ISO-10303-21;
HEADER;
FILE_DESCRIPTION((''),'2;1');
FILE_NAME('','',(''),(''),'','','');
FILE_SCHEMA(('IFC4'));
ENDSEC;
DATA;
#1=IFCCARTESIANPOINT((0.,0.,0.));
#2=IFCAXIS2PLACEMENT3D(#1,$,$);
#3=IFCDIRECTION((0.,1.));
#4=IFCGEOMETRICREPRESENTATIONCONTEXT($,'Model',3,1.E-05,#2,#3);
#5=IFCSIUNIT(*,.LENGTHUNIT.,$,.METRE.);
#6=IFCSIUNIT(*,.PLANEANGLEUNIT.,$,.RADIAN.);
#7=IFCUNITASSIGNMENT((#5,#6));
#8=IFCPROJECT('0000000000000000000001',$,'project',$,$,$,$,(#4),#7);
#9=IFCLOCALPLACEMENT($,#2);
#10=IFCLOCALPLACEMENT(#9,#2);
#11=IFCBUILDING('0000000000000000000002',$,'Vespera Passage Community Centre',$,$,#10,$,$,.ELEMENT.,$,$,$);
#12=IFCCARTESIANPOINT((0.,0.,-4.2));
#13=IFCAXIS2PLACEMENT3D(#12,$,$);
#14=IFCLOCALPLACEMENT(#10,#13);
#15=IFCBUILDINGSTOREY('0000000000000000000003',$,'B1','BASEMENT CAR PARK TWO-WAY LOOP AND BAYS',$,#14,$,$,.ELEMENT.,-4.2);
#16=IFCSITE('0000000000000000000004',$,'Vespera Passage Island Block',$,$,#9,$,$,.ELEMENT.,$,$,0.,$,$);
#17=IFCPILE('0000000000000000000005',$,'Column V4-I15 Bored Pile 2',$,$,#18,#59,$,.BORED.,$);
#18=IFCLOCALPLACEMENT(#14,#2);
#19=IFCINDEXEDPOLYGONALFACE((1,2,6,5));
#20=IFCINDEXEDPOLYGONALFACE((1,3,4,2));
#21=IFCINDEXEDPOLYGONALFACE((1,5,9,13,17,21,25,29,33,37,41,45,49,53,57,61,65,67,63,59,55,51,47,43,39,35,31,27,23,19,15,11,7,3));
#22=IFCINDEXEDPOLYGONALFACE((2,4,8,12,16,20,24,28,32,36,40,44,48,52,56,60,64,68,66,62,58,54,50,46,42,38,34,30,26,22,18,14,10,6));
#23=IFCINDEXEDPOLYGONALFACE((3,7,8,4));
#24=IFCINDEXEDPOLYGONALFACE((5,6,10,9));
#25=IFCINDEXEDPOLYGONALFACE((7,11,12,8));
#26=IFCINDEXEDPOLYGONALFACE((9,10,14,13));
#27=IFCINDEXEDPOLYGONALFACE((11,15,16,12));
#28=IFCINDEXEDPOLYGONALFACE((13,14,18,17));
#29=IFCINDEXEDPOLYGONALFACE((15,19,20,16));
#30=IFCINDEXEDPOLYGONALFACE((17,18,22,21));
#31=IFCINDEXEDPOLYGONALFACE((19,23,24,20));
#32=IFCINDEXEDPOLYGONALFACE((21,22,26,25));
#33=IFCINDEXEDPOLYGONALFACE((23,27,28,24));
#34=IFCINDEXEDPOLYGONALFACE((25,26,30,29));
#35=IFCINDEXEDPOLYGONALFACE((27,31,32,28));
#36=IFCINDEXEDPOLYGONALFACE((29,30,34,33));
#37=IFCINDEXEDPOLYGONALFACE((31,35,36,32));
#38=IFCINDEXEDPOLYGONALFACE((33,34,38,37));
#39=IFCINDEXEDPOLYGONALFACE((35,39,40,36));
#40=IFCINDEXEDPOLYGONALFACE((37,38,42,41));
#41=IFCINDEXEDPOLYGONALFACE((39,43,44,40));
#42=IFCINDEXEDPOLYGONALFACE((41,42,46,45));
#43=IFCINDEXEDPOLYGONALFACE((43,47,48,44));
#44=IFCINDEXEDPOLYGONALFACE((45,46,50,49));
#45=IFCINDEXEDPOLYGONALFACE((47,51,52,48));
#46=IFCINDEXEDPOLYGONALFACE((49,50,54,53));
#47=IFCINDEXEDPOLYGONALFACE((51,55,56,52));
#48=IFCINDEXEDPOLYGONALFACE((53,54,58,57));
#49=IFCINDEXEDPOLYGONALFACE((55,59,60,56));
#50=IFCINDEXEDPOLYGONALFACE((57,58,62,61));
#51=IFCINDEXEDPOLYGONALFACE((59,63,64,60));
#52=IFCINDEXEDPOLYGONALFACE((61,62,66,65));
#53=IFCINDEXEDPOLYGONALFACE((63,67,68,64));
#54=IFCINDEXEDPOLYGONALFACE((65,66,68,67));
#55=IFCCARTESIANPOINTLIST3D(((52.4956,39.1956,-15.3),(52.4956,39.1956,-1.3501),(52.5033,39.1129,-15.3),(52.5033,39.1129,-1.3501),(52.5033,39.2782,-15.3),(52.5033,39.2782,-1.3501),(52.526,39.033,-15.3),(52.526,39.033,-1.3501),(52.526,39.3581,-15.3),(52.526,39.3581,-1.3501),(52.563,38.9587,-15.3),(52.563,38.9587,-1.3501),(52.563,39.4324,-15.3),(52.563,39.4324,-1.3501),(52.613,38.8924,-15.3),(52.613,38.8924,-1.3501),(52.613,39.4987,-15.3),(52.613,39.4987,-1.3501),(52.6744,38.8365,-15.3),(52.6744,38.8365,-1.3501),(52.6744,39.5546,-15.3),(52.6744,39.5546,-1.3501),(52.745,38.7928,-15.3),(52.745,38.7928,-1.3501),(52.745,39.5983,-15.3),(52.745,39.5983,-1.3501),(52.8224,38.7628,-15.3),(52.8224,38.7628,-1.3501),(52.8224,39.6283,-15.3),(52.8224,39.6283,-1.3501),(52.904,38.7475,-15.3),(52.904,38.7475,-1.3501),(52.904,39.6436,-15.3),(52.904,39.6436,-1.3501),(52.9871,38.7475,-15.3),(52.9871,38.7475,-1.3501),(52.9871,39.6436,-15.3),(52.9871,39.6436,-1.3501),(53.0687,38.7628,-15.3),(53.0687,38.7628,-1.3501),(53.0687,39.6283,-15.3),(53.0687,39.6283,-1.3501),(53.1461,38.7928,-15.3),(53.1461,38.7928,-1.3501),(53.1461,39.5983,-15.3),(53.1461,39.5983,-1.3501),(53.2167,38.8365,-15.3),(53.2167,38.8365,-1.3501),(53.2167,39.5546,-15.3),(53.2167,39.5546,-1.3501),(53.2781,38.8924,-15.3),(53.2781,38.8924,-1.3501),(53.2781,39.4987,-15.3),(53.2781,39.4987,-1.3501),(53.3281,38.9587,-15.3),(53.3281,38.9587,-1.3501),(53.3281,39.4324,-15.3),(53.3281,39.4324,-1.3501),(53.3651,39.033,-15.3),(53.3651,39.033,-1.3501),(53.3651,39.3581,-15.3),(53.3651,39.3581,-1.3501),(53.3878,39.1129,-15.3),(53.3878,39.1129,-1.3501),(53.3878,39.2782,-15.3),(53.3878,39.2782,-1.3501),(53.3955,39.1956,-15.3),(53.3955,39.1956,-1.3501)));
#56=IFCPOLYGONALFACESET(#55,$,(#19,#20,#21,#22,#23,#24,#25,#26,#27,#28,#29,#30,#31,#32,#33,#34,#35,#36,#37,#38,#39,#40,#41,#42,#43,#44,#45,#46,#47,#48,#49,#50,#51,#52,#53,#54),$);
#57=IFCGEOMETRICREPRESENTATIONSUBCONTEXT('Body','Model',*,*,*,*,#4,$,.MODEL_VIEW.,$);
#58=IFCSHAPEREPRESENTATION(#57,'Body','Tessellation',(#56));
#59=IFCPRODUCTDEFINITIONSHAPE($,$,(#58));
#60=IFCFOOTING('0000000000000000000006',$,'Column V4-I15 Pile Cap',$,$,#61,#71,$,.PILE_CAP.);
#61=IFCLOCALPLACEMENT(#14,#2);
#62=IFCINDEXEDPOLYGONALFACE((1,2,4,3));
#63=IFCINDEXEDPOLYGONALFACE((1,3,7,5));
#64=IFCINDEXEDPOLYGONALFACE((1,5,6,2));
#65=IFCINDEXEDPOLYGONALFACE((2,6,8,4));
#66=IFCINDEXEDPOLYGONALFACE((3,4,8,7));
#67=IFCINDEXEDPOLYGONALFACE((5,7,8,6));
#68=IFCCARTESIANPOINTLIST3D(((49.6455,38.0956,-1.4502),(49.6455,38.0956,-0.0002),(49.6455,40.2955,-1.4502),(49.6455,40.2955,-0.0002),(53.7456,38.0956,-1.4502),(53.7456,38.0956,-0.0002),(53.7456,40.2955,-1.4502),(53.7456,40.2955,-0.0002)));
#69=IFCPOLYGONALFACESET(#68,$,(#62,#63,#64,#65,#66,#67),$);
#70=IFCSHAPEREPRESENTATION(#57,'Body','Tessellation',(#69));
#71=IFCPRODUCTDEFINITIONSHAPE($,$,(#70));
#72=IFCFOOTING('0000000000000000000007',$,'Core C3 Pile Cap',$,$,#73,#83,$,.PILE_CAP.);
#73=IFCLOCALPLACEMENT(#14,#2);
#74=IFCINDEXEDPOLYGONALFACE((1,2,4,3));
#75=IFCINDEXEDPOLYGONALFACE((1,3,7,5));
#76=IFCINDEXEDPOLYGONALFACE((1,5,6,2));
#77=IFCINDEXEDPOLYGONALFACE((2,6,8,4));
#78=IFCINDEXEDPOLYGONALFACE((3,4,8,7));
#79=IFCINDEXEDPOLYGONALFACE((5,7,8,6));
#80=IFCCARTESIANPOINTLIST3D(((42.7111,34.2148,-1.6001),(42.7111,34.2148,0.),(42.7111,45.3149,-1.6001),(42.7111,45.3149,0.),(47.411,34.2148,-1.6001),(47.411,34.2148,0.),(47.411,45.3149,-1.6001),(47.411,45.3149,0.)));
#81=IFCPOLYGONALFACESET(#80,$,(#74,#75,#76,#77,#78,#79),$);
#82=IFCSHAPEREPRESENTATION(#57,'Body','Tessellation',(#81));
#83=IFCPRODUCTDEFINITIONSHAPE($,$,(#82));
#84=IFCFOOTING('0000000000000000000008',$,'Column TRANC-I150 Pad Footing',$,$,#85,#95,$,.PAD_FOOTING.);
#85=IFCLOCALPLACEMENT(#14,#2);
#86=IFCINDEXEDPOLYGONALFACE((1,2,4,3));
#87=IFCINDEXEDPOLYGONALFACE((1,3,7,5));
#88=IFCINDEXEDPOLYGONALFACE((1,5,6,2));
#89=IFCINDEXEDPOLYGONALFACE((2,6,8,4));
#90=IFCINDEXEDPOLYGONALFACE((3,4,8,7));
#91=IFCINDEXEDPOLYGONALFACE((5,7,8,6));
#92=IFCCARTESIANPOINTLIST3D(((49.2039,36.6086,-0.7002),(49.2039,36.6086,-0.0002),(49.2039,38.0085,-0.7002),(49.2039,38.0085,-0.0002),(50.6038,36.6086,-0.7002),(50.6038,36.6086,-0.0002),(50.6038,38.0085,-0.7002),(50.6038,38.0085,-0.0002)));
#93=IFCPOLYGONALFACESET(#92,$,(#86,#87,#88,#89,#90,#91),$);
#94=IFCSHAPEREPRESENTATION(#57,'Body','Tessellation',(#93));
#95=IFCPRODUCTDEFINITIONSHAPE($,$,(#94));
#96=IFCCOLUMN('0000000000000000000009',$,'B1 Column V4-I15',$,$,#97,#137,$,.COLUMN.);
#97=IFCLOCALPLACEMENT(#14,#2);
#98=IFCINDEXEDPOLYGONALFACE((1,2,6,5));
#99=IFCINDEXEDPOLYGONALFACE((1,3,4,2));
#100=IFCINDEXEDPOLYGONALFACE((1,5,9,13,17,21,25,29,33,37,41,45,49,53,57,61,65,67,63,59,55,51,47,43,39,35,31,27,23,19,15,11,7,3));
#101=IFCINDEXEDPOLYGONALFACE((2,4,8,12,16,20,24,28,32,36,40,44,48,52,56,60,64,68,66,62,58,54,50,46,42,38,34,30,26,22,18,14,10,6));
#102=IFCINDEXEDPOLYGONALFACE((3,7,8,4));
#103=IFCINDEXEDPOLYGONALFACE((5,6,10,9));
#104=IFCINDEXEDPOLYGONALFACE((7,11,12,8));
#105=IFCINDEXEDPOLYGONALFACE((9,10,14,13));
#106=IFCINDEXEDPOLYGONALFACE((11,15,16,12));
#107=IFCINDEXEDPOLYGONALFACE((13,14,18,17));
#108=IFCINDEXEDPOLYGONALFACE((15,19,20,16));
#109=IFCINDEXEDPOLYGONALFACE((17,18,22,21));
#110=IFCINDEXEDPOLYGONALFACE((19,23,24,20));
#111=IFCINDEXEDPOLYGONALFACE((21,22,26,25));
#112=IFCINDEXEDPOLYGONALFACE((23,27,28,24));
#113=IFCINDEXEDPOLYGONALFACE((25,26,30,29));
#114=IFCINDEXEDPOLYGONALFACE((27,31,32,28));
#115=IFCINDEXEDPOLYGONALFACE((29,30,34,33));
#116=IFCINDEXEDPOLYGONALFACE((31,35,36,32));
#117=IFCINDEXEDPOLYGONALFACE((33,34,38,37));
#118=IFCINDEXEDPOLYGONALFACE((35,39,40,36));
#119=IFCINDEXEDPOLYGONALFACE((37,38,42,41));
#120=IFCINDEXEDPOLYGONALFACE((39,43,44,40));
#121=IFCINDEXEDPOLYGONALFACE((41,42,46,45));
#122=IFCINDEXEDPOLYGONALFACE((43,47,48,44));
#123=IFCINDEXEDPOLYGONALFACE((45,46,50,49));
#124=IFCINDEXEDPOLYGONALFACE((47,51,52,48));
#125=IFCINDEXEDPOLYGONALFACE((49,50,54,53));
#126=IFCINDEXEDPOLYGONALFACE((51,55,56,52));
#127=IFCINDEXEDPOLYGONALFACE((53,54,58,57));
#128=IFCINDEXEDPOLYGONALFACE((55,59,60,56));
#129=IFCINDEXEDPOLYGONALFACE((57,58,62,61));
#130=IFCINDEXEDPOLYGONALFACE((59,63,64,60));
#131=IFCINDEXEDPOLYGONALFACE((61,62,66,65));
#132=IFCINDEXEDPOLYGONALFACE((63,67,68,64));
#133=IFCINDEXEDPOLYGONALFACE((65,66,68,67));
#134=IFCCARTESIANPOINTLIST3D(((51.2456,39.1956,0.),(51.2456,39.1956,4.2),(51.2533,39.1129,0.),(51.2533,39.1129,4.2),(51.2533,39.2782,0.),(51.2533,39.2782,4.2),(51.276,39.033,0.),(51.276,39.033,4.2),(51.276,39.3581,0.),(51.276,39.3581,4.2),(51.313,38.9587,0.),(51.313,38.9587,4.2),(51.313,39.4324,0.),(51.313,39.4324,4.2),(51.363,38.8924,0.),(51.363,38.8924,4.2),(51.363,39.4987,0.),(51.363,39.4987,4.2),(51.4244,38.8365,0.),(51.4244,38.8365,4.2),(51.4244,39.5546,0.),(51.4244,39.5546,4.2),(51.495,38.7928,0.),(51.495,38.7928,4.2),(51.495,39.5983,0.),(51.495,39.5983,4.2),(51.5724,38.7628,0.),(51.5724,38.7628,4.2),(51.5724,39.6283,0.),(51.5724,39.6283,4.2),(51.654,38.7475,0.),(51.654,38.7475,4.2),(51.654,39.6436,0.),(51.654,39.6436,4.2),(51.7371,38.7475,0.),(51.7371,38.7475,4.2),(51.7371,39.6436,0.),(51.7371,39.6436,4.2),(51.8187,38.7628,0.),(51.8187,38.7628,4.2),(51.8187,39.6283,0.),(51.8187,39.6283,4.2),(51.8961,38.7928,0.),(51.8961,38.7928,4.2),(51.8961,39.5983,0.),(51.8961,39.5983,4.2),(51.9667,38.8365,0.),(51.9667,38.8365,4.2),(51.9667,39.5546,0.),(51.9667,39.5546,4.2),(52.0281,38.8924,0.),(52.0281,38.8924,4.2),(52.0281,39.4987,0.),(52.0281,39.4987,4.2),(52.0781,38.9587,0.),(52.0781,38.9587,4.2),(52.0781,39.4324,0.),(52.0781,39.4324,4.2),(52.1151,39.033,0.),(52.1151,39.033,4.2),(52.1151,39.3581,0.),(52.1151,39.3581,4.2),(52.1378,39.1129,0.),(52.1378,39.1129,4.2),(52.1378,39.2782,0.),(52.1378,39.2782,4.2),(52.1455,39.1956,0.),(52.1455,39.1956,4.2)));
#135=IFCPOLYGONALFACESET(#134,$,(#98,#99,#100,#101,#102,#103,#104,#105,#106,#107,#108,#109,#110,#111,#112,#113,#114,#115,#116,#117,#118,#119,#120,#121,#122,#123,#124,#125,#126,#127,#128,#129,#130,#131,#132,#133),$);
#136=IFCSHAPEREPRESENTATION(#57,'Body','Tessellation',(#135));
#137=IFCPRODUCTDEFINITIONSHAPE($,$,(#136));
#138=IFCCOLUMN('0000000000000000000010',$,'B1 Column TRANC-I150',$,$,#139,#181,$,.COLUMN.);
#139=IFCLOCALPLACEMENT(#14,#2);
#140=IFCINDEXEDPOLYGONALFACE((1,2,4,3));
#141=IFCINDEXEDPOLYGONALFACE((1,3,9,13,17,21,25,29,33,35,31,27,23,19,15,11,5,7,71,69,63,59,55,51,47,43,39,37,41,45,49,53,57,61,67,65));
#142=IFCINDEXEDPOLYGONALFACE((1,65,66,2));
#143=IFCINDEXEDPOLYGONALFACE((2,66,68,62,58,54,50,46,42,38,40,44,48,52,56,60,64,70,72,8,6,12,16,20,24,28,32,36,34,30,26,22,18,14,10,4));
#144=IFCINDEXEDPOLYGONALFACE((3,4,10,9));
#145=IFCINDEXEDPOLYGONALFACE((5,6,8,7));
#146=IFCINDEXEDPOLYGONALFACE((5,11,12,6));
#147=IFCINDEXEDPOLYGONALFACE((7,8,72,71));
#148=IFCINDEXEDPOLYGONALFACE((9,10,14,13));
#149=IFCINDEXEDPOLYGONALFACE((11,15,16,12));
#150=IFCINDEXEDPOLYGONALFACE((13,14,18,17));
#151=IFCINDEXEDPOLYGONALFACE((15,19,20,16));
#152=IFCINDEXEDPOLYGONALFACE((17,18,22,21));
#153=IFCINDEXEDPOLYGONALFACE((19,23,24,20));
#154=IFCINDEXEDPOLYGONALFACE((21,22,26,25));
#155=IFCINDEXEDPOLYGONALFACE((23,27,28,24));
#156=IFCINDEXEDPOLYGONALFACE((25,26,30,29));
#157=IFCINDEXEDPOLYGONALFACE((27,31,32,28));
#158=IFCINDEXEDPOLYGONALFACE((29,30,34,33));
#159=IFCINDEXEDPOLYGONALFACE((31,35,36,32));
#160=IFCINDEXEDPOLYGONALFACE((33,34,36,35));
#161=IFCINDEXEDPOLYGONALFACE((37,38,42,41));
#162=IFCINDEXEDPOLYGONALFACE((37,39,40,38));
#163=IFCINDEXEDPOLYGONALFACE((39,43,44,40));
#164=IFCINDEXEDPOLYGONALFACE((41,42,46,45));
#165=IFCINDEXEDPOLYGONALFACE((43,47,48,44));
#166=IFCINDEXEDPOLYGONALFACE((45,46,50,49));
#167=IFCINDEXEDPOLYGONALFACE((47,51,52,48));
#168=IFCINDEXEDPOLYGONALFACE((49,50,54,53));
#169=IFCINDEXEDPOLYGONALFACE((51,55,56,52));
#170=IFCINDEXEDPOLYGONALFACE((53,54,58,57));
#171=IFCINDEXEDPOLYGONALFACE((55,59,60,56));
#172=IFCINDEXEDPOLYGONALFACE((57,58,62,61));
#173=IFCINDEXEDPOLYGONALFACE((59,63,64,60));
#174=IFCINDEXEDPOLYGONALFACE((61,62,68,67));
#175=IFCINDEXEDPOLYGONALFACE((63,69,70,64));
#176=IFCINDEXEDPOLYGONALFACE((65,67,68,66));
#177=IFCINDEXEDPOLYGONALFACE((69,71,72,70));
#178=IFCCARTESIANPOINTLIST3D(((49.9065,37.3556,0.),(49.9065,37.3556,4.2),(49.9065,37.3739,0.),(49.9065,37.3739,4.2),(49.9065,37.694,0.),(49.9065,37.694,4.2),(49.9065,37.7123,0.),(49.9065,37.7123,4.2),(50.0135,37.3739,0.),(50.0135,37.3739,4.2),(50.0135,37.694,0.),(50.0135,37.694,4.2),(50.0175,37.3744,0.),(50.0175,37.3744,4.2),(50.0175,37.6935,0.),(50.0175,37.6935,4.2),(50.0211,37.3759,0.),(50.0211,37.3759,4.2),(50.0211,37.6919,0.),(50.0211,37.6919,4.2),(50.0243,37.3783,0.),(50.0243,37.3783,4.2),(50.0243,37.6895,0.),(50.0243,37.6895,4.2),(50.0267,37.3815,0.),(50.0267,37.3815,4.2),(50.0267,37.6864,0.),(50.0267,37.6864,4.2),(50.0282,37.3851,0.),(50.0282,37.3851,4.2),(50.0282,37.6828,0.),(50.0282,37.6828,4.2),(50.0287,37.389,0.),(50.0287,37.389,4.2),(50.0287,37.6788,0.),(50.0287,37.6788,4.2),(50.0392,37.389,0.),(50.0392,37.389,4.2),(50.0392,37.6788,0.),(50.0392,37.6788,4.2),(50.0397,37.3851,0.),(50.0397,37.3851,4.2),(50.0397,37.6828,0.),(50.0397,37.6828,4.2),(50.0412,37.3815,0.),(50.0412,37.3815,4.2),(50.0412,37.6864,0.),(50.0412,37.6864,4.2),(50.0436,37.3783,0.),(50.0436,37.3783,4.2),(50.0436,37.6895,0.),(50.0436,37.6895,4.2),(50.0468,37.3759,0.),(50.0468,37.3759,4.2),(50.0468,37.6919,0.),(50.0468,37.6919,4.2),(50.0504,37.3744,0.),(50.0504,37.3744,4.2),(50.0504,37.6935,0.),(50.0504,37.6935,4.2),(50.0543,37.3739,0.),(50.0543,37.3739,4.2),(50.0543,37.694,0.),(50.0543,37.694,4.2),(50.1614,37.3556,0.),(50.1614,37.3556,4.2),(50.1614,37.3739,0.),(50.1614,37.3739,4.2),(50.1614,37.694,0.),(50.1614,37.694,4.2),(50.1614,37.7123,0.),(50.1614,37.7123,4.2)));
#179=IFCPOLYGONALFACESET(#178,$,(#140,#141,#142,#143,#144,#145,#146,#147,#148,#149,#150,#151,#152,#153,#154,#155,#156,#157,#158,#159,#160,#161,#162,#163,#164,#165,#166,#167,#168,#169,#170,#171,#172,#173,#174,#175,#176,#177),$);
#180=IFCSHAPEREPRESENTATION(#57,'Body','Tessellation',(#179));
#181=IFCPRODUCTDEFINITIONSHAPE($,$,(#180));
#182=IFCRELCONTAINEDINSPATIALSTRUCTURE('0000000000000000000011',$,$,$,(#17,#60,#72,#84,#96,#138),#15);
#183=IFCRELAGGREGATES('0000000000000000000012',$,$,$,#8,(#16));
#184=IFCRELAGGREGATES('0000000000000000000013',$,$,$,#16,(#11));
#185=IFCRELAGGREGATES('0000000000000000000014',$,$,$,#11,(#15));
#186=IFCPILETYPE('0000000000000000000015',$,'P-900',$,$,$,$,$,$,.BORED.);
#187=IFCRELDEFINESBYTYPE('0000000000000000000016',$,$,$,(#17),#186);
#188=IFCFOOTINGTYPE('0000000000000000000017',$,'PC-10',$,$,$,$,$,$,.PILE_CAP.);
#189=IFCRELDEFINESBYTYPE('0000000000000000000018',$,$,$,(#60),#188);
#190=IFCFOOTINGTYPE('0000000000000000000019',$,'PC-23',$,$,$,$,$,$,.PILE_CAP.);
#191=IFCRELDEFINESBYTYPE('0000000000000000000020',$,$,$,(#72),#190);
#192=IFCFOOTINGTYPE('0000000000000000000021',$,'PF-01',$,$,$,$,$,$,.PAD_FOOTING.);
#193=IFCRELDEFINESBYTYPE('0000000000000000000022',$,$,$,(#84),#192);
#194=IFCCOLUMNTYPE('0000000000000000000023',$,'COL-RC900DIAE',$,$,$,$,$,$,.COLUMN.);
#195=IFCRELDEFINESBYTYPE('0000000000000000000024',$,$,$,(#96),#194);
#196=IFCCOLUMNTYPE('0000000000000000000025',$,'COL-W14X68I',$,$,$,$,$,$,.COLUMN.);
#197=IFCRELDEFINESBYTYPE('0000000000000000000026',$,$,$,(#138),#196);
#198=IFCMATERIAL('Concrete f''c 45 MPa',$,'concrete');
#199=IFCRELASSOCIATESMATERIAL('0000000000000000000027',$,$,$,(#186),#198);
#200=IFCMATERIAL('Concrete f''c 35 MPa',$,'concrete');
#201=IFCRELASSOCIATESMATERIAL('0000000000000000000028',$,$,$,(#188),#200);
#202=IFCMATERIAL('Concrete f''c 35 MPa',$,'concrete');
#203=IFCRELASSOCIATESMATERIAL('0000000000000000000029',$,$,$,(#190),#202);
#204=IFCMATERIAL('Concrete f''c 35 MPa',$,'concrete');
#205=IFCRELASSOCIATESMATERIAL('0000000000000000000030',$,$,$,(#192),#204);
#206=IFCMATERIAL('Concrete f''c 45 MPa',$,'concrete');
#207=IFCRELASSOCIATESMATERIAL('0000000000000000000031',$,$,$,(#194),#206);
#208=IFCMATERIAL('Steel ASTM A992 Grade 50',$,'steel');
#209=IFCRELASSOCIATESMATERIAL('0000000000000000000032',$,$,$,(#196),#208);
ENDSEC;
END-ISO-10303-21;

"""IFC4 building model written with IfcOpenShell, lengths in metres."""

from ifc_helpers import new_model, si_unit, direction, frame, origin, origin_2d, place, context, subcontext, project, spatial, rectangle, circle, i_section, extrude, material, material_profile, profile_set, type_object, element, save


model = new_model("IFC4")

# Units and contexts
model_context = context("Model", 3, precision=1e-05, world=origin(), true_north=direction((0.0, 1.0)))
body_context = subcontext(model_context, "Body", "Model", "MODEL_VIEW")
ifc_project = project(units=[si_unit("LENGTHUNIT", "METRE"), si_unit("PLANEANGLEUNIT", "RADIAN")], contexts=[model_context])

# Site, building, storey
site_placement = place(None, origin())
site = spatial("IfcSite", under=ifc_project, at=site_placement, Name="Vespera Passage Island Block", CompositionType="ELEMENT", RefElevation=0.0)
building_placement = place(site_placement, origin())
building = spatial("IfcBuilding", under=site, at=building_placement, Name="Vespera Passage Community Centre", CompositionType="ELEMENT")
storey_placement = place(building_placement, frame((0.0, 0.0, -4.2)))
storey = spatial("IfcBuildingStorey", under=building, at=storey_placement, Name="B1", Description="BASEMENT CAR PARK TWO-WAY LOOP AND BAYS", CompositionType="ELEMENT", Elevation=-4.2)

# Pile
ifc_material_1 = material(Name="Concrete f'c 45 MPa", Category="concrete")
ifc_material_profile_1 = material_profile(ifc_material_1, circle(Radius=0.45, at=origin_2d()), Name="PILE900DIA")
ifc_profile_set_1 = profile_set([ifc_material_profile_1], Name="Concrete f'c 45 MPa")
pile_type = type_object("IfcPileType", Name="P-900", PredefinedType="BORED", material=ifc_profile_set_1)
for number, where, z_axis, x_axis, name in (
    (1, (52.9456, 39.1956, -1.3501), (0.0, 0.0, -1.0), (1.0, 0.0, 0.0), "Column V4-I15 Bored Pile 2"),
):
    element("IfcPile", number, at=place(storey_placement, frame(where, z_axis=z_axis, x_axis=x_axis)), inside=storey, type_object=pile_type, Name=name, PredefinedType="BORED", context=body_context, shape_type="SweptSolid", body=[
        extrude(circle(Radius=0.45, at=origin_2d()), origin(), (0.0, 0.0, 1.0), 13.95),
    ])

# Footings
ifc_material_2 = material(Name="Concrete f'c 35 MPa", Category="concrete")
footing_type_1 = type_object("IfcFootingType", Name="PC-10", PredefinedType="PILE_CAP", material=ifc_material_2)
footing_1_placement = place(storey_placement, frame((51.6956, 39.1956, -1.4502), z_axis=(0.0, 0.0, 1.0), x_axis=(1.0, 0.0, 0.0)))
element("IfcFooting", 2, at=footing_1_placement, inside=storey, type_object=footing_type_1, Name="Column V4-I15 Pile Cap", PredefinedType="PILE_CAP", context=body_context, shape_type="SweptSolid", body=[
    extrude(rectangle(XDim=4.1001, YDim=2.2, at=origin_2d()), origin(), (0.0, 0.0, 1.0), 1.45),
])
ifc_material_3 = material(Name="Concrete f'c 35 MPa", Category="concrete")
footing_type_2 = type_object("IfcFootingType", Name="PC-23", PredefinedType="PILE_CAP", material=ifc_material_3)
footing_2_placement = place(storey_placement, frame((45.061, 39.7649, -1.6001), z_axis=(0.0, 0.0, 1.0), x_axis=(0.0, 1.0, 0.0)))
element("IfcFooting", 3, at=footing_2_placement, inside=storey, type_object=footing_type_2, Name="Core C3 Pile Cap", PredefinedType="PILE_CAP", context=body_context, shape_type="SweptSolid", body=[
    extrude(rectangle(XDim=11.1001, YDim=4.7, at=origin_2d()), origin(), (0.0, 0.0, 1.0), 1.6001),
])
ifc_material_4 = material(Name="Concrete f'c 35 MPa", Category="concrete")
footing_type_3 = type_object("IfcFootingType", Name="PF-01", PredefinedType="PAD_FOOTING", material=ifc_material_4)
footing_3_placement = place(storey_placement, frame((49.9038, 37.3086, -0.7002), z_axis=(0.0, 0.0, 1.0), x_axis=(1.0, 0.0, 0.0)))
element("IfcFooting", 4, at=footing_3_placement, inside=storey, type_object=footing_type_3, Name="Column TRANC-I150 Pad Footing", PredefinedType="PAD_FOOTING", context=body_context, shape_type="SweptSolid", body=[
    extrude(rectangle(XDim=1.3999, YDim=1.3999, at=origin_2d()), origin(), (0.0, 0.0, 1.0), 0.7),
])

# Columns
ifc_material_5 = material(Name="Concrete f'c 45 MPa", Category="concrete")
ifc_material_profile_2 = material_profile(ifc_material_5, circle(Radius=0.45, at=origin_2d()), Name="RC900DIA")
ifc_profile_set_2 = profile_set([ifc_material_profile_2], Name="Concrete f'c 45 MPa")
column_type_1 = type_object("IfcColumnType", Name="COL-RC900DIAE", PredefinedType="COLUMN", material=ifc_profile_set_2)
column_1_placement = place(storey_placement, frame((51.6956, 39.1956, 0.0), z_axis=(0.0, 0.0, 1.0), x_axis=(1.0, 0.0, 0.0)))
element("IfcColumn", 5, at=column_1_placement, inside=storey, type_object=column_type_1, Name="B1 Column V4-I15", PredefinedType="COLUMN", context=body_context, shape_type="SweptSolid", body=[
    extrude(circle(Radius=0.45, at=origin_2d()), origin(), (0.0, 0.0, 1.0), 4.2),
])
ifc_material_6 = material(Name="Steel ASTM A992 Grade 50", Category="steel")
ifc_material_profile_3 = material_profile(ifc_material_6, i_section(OverallWidth=0.2549, OverallDepth=0.3567, WebThickness=0.0105, FlangeThickness=0.0183, FilletRadius=0.0151, at=origin_2d()), Name="W14X68")
ifc_profile_set_3 = profile_set([ifc_material_profile_3], Name="Steel ASTM A992 Grade 50")
column_type_2 = type_object("IfcColumnType", Name="COL-W14X68I", PredefinedType="COLUMN", material=ifc_profile_set_3)
column_2_placement = place(storey_placement, frame((50.0339, 37.5339, 0.0), z_axis=(0.0, 0.0, 1.0), x_axis=(1.0, 0.0, 0.0)))
element("IfcColumn", 6, at=column_2_placement, inside=storey, type_object=column_type_2, Name="B1 Column TRANC-I150", PredefinedType="COLUMN", context=body_context, shape_type="SweptSolid", body=[
    extrude(i_section(OverallWidth=0.2549, OverallDepth=0.3567, WebThickness=0.0105, FlangeThickness=0.0183, FilletRadius=0.0151, at=origin_2d()), origin(), (0.0, 0.0, 1.0), 4.2),
])

save(model, "model.ifc")
